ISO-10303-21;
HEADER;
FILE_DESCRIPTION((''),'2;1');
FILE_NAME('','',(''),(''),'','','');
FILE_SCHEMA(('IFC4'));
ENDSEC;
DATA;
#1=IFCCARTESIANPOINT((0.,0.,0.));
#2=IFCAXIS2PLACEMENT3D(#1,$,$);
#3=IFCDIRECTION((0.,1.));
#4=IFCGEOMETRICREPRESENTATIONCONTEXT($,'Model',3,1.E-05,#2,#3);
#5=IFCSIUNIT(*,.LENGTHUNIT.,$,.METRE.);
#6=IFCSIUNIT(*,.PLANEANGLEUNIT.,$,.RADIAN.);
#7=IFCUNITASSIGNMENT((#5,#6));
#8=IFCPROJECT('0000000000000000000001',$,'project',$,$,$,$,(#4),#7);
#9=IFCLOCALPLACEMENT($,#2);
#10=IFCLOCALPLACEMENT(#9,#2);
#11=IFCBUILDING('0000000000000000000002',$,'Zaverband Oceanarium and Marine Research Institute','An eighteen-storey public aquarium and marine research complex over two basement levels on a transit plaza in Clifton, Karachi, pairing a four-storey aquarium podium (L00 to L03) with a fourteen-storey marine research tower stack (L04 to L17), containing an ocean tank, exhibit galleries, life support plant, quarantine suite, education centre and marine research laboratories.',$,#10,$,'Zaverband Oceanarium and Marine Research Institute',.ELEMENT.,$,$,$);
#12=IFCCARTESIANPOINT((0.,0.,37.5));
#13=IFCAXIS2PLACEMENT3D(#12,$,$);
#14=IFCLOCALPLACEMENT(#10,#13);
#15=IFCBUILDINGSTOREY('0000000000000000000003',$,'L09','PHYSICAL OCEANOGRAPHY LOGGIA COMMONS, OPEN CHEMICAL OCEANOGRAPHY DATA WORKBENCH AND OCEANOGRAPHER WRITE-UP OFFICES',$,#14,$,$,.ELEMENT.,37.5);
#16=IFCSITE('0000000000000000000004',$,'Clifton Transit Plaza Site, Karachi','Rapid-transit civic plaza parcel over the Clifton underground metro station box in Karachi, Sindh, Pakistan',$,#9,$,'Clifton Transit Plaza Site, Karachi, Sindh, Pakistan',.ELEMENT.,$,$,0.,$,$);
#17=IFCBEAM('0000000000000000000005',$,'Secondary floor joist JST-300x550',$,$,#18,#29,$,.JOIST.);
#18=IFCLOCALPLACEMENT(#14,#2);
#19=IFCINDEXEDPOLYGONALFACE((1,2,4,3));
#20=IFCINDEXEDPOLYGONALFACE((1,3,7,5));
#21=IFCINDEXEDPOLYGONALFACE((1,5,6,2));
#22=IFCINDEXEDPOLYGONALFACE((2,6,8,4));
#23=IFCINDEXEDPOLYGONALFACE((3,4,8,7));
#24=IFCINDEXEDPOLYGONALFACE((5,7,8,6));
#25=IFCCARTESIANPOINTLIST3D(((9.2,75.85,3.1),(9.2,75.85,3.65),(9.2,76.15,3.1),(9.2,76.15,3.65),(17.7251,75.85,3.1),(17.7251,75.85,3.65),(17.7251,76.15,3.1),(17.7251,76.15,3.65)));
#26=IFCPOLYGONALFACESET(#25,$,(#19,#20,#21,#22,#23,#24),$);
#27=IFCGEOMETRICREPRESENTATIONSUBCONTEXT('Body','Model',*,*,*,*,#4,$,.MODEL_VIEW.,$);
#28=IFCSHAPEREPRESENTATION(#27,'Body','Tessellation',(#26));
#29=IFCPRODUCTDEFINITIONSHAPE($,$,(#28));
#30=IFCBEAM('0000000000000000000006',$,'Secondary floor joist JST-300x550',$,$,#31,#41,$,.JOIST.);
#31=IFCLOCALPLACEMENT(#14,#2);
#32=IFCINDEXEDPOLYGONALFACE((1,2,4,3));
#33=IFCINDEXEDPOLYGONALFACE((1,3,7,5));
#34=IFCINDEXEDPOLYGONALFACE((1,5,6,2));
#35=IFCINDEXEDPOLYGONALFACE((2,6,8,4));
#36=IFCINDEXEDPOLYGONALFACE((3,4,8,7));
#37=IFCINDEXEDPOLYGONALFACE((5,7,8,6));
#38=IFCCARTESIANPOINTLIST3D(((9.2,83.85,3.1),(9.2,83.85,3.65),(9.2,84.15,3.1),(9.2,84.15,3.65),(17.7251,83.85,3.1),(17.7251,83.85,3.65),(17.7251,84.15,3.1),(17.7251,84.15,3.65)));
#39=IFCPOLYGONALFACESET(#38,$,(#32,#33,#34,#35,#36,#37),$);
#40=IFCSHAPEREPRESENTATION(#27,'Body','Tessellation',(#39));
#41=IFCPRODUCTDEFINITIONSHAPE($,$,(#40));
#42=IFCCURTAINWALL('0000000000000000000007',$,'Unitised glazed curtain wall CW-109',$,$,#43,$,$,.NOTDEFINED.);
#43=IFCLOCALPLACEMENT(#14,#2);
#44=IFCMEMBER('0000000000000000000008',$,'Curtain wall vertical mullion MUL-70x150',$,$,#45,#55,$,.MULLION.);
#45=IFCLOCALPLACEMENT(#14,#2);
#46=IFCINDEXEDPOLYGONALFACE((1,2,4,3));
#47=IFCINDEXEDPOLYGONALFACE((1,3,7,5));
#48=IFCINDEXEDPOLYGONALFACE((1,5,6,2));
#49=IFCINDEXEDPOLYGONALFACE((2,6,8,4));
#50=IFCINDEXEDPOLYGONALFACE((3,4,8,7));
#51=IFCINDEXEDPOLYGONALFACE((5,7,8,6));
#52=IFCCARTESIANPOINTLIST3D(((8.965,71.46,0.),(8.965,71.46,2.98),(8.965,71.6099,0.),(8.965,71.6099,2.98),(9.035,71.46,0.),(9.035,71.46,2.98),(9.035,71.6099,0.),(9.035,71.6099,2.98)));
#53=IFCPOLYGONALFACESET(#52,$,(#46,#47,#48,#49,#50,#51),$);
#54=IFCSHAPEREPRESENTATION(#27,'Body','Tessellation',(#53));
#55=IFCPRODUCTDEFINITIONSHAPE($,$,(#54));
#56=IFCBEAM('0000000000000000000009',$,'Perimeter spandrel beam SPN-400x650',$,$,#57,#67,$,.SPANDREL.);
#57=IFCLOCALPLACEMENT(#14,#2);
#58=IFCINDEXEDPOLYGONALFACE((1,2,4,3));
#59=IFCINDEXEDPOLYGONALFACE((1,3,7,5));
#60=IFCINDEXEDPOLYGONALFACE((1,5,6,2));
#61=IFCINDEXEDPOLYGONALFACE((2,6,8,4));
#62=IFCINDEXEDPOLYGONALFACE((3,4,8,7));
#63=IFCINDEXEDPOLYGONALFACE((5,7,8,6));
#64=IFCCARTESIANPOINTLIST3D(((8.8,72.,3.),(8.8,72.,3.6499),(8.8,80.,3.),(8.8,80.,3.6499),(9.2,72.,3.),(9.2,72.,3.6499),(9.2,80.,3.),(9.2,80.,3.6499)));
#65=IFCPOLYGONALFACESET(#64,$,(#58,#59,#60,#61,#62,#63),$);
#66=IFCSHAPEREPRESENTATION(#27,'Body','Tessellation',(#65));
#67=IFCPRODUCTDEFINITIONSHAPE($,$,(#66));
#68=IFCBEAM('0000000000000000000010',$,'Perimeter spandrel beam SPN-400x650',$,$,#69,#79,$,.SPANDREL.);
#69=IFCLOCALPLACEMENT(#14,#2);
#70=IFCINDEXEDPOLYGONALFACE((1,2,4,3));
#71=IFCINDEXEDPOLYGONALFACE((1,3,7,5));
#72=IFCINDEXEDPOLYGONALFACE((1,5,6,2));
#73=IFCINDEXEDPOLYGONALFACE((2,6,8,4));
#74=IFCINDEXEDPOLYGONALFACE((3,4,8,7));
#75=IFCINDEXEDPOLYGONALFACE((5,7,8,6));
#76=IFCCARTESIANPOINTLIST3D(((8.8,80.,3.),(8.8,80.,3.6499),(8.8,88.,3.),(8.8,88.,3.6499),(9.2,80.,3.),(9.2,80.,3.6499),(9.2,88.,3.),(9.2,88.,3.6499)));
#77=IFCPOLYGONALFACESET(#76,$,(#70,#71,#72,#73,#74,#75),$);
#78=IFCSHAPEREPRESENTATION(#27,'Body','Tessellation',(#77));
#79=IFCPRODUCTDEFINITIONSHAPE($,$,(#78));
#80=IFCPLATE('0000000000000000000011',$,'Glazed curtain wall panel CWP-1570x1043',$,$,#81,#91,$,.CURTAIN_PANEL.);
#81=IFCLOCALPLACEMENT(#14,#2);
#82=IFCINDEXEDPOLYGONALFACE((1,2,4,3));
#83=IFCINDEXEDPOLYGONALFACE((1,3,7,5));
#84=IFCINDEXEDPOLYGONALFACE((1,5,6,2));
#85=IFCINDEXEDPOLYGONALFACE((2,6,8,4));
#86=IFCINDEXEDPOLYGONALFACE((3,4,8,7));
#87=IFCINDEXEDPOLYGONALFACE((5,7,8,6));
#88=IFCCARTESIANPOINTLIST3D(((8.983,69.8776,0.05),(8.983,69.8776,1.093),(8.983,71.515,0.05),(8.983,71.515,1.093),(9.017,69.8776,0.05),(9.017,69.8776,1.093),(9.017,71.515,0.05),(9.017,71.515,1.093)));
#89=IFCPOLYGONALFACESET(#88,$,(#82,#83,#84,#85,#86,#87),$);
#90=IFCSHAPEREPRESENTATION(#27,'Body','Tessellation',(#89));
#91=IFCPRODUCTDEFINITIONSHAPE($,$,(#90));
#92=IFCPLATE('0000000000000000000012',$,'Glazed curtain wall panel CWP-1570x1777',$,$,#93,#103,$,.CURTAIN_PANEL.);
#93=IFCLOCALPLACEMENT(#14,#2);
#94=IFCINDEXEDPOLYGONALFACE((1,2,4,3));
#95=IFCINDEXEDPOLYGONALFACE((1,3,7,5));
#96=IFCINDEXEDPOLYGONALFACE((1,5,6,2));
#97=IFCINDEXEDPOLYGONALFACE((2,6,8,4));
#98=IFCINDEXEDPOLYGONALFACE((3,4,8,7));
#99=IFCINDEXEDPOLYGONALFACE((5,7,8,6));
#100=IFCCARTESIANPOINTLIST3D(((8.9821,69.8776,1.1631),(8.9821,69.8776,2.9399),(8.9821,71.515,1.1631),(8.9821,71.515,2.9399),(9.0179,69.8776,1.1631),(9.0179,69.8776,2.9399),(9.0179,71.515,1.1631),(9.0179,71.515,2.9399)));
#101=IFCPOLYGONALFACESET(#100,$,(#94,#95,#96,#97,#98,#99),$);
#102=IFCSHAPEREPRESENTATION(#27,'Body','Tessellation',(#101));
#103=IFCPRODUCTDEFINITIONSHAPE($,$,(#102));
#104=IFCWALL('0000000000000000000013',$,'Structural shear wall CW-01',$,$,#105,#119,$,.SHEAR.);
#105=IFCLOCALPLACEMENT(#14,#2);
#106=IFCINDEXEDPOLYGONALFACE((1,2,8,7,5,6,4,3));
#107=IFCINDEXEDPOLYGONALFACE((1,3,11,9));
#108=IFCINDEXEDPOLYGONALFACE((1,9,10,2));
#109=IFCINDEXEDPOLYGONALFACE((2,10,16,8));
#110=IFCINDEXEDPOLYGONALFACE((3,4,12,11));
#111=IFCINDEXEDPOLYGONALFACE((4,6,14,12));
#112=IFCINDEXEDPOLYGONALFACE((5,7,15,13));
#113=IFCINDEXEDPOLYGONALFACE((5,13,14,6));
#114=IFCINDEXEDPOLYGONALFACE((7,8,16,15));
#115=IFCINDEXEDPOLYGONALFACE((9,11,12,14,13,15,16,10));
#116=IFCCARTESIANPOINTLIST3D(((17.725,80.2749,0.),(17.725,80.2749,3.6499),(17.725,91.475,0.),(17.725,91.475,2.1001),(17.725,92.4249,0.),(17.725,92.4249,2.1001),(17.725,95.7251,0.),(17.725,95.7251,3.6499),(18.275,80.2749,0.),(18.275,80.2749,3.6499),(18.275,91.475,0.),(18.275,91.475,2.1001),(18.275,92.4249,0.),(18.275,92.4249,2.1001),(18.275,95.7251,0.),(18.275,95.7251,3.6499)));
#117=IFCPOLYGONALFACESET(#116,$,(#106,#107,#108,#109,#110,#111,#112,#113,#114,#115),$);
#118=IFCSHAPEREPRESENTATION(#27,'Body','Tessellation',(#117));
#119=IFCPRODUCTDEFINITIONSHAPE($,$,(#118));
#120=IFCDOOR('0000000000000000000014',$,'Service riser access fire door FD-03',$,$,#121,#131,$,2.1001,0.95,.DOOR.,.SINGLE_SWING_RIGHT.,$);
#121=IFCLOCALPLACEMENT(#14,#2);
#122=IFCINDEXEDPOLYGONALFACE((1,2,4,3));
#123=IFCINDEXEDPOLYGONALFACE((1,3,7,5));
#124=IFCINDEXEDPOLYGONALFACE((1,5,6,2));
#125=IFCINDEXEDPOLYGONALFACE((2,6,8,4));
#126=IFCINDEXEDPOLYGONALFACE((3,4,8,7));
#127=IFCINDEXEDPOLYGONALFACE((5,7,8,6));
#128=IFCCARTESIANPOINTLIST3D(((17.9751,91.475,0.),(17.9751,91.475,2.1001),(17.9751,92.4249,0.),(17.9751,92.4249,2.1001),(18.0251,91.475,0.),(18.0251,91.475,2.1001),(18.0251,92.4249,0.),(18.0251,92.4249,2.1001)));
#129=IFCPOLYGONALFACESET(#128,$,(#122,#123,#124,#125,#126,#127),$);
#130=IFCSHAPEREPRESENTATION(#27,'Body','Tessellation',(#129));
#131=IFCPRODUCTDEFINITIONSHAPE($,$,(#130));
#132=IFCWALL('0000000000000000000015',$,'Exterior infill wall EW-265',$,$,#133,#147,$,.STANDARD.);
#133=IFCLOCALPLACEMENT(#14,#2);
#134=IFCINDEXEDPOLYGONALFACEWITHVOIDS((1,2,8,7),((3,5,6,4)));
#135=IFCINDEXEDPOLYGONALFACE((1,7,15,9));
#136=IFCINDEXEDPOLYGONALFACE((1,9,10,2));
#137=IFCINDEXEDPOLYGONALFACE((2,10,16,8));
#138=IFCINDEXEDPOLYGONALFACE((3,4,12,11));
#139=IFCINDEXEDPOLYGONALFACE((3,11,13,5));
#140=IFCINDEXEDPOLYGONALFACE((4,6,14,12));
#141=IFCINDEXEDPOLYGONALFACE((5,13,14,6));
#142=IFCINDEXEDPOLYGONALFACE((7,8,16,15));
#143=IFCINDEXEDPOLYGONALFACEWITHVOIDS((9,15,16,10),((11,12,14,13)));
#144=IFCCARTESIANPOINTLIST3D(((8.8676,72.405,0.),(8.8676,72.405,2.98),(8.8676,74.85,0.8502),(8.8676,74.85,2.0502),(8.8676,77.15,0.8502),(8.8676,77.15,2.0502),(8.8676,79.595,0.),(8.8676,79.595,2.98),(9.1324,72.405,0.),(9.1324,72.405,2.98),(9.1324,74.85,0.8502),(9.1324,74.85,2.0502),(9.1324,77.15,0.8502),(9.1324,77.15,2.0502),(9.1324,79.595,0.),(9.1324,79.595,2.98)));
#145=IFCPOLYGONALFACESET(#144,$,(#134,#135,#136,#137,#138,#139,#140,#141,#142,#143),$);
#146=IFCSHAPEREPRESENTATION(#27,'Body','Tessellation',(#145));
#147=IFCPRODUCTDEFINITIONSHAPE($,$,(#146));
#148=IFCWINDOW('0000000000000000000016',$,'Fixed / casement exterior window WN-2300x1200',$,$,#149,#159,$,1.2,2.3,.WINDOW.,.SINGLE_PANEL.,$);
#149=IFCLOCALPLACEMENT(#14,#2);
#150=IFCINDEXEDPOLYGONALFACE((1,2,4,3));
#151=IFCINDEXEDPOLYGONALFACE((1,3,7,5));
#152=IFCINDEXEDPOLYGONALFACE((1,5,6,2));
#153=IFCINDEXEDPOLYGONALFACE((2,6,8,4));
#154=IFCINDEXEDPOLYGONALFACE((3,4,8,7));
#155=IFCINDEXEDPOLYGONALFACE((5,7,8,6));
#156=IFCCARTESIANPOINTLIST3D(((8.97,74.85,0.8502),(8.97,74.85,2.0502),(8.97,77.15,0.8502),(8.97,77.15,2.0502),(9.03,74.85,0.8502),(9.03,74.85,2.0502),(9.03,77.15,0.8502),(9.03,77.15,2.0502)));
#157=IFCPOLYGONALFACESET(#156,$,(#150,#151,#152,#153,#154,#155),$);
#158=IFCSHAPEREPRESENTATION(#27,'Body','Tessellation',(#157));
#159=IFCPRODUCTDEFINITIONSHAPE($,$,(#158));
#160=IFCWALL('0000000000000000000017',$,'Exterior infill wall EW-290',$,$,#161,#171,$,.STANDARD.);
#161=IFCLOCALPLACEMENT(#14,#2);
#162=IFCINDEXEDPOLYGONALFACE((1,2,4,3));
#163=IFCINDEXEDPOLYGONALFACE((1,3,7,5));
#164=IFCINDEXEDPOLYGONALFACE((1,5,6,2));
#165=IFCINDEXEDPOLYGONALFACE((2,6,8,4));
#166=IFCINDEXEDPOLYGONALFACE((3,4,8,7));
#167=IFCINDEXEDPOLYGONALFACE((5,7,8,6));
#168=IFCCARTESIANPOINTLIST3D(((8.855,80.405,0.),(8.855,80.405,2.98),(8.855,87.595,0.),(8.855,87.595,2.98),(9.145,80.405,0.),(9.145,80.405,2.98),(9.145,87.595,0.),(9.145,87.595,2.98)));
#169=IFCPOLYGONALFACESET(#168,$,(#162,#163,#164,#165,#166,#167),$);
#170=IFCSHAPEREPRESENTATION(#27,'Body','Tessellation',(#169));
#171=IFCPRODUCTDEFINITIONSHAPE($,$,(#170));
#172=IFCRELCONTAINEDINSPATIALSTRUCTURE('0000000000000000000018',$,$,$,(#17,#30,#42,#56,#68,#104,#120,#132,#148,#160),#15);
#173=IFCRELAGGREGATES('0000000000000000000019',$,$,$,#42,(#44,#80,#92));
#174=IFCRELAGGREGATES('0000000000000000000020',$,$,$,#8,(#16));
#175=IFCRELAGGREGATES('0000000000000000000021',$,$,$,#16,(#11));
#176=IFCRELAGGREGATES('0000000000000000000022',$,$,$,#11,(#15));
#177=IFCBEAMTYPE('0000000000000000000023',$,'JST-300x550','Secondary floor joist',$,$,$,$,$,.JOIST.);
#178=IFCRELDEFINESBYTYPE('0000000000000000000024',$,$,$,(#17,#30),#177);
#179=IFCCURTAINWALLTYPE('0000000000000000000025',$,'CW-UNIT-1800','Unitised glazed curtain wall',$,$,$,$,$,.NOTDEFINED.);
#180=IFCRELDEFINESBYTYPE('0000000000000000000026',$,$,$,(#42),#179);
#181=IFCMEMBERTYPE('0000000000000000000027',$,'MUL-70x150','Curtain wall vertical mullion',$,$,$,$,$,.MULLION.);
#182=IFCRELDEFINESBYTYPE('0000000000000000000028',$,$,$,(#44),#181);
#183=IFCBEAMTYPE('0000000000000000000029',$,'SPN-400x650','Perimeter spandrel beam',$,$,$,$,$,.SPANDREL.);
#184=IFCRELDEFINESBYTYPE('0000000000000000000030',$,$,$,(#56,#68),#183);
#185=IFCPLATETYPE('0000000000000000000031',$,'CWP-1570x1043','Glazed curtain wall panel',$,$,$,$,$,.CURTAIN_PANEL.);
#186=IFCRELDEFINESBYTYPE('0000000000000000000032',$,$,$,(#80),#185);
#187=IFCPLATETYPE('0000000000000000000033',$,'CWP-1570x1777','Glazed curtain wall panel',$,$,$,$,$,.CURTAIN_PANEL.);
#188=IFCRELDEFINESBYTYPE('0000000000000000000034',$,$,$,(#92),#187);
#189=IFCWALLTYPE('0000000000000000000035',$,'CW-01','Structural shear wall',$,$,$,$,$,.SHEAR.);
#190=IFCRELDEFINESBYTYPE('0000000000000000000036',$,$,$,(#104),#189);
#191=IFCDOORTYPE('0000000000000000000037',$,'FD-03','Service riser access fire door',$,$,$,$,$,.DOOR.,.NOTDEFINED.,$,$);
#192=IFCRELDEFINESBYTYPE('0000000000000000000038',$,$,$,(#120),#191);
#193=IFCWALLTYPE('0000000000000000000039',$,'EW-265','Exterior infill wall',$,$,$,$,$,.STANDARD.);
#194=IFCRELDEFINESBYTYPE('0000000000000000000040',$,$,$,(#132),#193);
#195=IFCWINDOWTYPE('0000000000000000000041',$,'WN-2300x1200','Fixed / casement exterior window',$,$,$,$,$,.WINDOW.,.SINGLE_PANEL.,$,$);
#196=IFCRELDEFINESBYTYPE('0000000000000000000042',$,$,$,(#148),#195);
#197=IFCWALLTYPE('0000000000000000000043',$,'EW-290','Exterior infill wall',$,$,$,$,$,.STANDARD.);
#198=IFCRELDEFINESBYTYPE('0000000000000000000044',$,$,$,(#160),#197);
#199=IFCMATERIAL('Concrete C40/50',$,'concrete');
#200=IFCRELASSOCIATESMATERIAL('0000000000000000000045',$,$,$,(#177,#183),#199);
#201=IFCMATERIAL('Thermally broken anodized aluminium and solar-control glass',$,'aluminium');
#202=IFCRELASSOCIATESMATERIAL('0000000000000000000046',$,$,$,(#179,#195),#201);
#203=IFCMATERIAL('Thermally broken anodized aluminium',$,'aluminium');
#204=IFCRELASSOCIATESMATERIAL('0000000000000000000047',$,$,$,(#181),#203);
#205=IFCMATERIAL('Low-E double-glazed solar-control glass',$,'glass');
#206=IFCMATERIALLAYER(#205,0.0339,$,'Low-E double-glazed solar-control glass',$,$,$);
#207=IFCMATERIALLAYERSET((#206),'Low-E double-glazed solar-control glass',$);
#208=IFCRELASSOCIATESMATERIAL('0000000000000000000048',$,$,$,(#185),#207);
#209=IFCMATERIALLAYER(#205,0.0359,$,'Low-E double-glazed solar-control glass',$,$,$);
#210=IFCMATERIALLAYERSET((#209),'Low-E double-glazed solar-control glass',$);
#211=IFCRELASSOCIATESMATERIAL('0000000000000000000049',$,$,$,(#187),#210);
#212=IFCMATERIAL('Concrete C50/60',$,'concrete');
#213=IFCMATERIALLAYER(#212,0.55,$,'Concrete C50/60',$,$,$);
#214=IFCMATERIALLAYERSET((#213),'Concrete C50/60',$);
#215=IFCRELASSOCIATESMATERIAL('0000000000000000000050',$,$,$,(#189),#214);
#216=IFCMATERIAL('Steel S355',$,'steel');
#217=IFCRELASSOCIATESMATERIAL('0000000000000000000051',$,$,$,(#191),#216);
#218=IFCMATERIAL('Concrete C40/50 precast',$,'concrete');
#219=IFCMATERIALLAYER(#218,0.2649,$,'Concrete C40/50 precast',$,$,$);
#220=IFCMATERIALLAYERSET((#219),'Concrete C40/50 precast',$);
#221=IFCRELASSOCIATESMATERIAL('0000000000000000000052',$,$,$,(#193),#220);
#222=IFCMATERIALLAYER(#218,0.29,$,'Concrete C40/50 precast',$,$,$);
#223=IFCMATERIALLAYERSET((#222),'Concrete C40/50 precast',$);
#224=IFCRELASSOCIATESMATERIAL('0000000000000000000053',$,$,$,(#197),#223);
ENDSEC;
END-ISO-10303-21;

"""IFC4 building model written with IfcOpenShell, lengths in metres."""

from ifc_helpers import new_model, si_unit, direction, frame, frame_2d, origin, origin_2d, place, context, subcontext, project, spatial, rectangle, extrude, material, layer, layer_set, material_profile, profile_set, type_object, element, fill, aggregate, save


model = new_model("IFC4")

# Units and contexts
model_context = context("Model", 3, precision=1e-05, world=origin(), true_north=direction((0.0, 1.0)))
body_context = subcontext(model_context, "Body", "Model", "MODEL_VIEW")
ifc_project = project(units=[si_unit("LENGTHUNIT", "METRE"), si_unit("PLANEANGLEUNIT", "RADIAN")], contexts=[model_context])

# Site, building, storey
site_placement = place(None, origin())
site = spatial("IfcSite", under=ifc_project, at=site_placement, Name="Clifton Transit Plaza Site, Karachi", Description="Rapid-transit civic plaza parcel over the Clifton underground metro station box in Karachi, Sindh, Pakistan", LongName="Clifton Transit Plaza Site, Karachi, Sindh, Pakistan", CompositionType="ELEMENT", RefElevation=0.0)
building_placement = place(site_placement, origin())
building = spatial("IfcBuilding", under=site, at=building_placement, Name="Zaverband Oceanarium and Marine Research Institute", Description="An eighteen-storey public aquarium and marine research complex over two basement levels on a transit plaza in Clifton, Karachi, pairing a four-storey aquarium podium (L00 to L03) with a fourteen-storey marine research tower stack (L04 to L17), containing an ocean tank, exhibit galleries, life support plant, quarantine suite, education centre and marine research laboratories.", LongName="Zaverband Oceanarium and Marine Research Institute", CompositionType="ELEMENT")
storey_placement = place(building_placement, frame((0.0, 0.0, 37.5)))
storey = spatial("IfcBuildingStorey", under=building, at=storey_placement, Name="L09", Description="PHYSICAL OCEANOGRAPHY LOGGIA COMMONS, OPEN CHEMICAL OCEANOGRAPHY DATA WORKBENCH AND OCEANOGRAPHER WRITE-UP OFFICES", CompositionType="ELEMENT", Elevation=37.5)

# Shared definitions
ifc_material_1 = material(Name="Concrete C50/60", Category="concrete")

# Shared definitions
ifc_material_2 = material(Name="Concrete C40/50", Category="concrete")

# Shared definitions
ifc_material_3 = material(Name="Steel S355", Category="steel")

# Beams
ifc_material_profile_1 = material_profile(ifc_material_2, rectangle(XDim=0.3, YDim=0.55, at=origin_2d()), Name="RC300x550")
ifc_profile_set_1 = profile_set([ifc_material_profile_1], Name="Concrete C40/50")
beam_type_1 = type_object("IfcBeamType", Name="JST-300x550", Description="Secondary floor joist", PredefinedType="JOIST", material=ifc_profile_set_1)
for number, where, z_axis, x_axis, name in (
    (1, (9.2, 76.0, 3.375), (1.0, 0.0, 0.0), (0.0, 1.0, 0.0), "Secondary floor joist JST-300x550"),
    (2, (9.2, 84.0, 3.375), (1.0, 0.0, 0.0), (0.0, 1.0, 0.0), "Secondary floor joist JST-300x550"),
):
    element("IfcBeam", number, at=place(storey_placement, frame(where, z_axis=z_axis, x_axis=x_axis)), inside=storey, type_object=beam_type_1, Name=name, PredefinedType="JOIST", context=body_context, shape_type="SweptSolid", body=[
        extrude(rectangle(XDim=0.3, YDim=0.55, at=origin_2d()), origin(), (0.0, 0.0, 1.0), 8.5251),
    ])

# Curtain wall, member
ifc_material_4 = material(Name="Thermally broken anodized aluminium and solar-control glass", Category="aluminium")
curtain_wall_type = type_object("IfcCurtainWallType", Name="CW-UNIT-1800", Description="Unitised glazed curtain wall", PredefinedType="NOTDEFINED", material=ifc_material_4)
curtain_wall_placement = place(storey_placement, origin())
curtain_wall = element("IfcCurtainWall", 3, at=curtain_wall_placement, inside=storey, type_object=curtain_wall_type, Name="Unitised glazed curtain wall CW-109", PredefinedType="NOTDEFINED")
ifc_material_5 = material(Name="Thermally broken anodized aluminium", Category="aluminium")
ifc_material_profile_2 = material_profile(ifc_material_5, rectangle(XDim=0.0701, YDim=0.1499, at=origin_2d()), Name="AL-MUL-70x150")
ifc_profile_set_2 = profile_set([ifc_material_profile_2], Name="Thermally broken anodized aluminium")
member_type_1 = type_object("IfcMemberType", Name="MUL-70x150", Description="Curtain wall vertical mullion", PredefinedType="MULLION", material=ifc_profile_set_2)
member_1_placement = place(storey_placement, frame((9.0, 71.5349, 0.0), z_axis=(0.0, 0.0, 1.0), x_axis=(1.0, 0.0, 0.0)))
member_1 = element("IfcMember", 4, at=member_1_placement, type_object=member_type_1, Name="Curtain wall vertical mullion MUL-70x150", PredefinedType="MULLION", context=body_context, shape_type="SweptSolid", body=[
    extrude(rectangle(XDim=0.0701, YDim=0.1499, at=origin_2d()), origin(), (0.0, 0.0, 1.0), 2.98),
])

# Beams
ifc_material_profile_3 = material_profile(ifc_material_2, rectangle(XDim=0.3999, YDim=0.6499, at=origin_2d()), Name="RC400x650")
ifc_profile_set_3 = profile_set([ifc_material_profile_3], Name="Concrete C40/50")
beam_type_2 = type_object("IfcBeamType", Name="SPN-400x650", Description="Perimeter spandrel beam", PredefinedType="SPANDREL", material=ifc_profile_set_3)
for number, where, z_axis, x_axis, name in (
    (5, (9.0, 72.0, 3.325), (0.0, 1.0, 0.0), (-1.0, 0.0, 0.0), "Perimeter spandrel beam SPN-400x650"),
    (6, (9.0, 80.0, 3.325), (0.0, 1.0, 0.0), (-1.0, 0.0, 0.0), "Perimeter spandrel beam SPN-400x650"),
):
    element("IfcBeam", number, at=place(storey_placement, frame(where, z_axis=z_axis, x_axis=x_axis)), inside=storey, type_object=beam_type_2, Name=name, PredefinedType="SPANDREL", context=body_context, shape_type="SweptSolid", body=[
        extrude(rectangle(XDim=0.3999, YDim=0.6499, at=origin_2d()), origin(), (0.0, 0.0, 1.0), 8.0),
    ])

# Plates
ifc_material_6 = material(Name="Low-E double-glazed solar-control glass", Category="glass")
ifc_layer_1 = layer(ifc_material_6, 0.0339, Name="Low-E double-glazed solar-control glass")
ifc_layer_set_1 = layer_set([ifc_layer_1], Name="Low-E double-glazed solar-control glass")
plate_type_1 = type_object("IfcPlateType", Name="CWP-1570x1043", Description="Glazed curtain wall panel", PredefinedType="CURTAIN_PANEL", material=ifc_layer_set_1)
plate_1_placement = place(storey_placement, frame((9.0, 69.8774, 0.05), z_axis=(0.0, 0.0, 1.0), x_axis=(0.0, 1.0, 0.0)))
plate_1 = element("IfcPlate", 7, at=plate_1_placement, type_object=plate_type_1, Name="Glazed curtain wall panel CWP-1570x1043", PredefinedType="CURTAIN_PANEL", context=body_context, shape_type="SweptSolid", body=[
    extrude(rectangle(XDim=1.6375, YDim=0.0339, at=frame_2d((0.8188, 0.0))), origin(), (0.0, 0.0, 1.0), 1.043),
])
ifc_layer_2 = layer(ifc_material_6, 0.0359, Name="Low-E double-glazed solar-control glass")
ifc_layer_set_2 = layer_set([ifc_layer_2], Name="Low-E double-glazed solar-control glass")
plate_type_2 = type_object("IfcPlateType", Name="CWP-1570x1777", Description="Glazed curtain wall panel", PredefinedType="CURTAIN_PANEL", material=ifc_layer_set_2)
plate_2_placement = place(storey_placement, frame((9.0, 69.8774, 1.1631), z_axis=(0.0, 0.0, 1.0), x_axis=(0.0, 1.0, 0.0)))
plate_2 = element("IfcPlate", 8, at=plate_2_placement, type_object=plate_type_2, Name="Glazed curtain wall panel CWP-1570x1777", PredefinedType="CURTAIN_PANEL", context=body_context, shape_type="SweptSolid", body=[
    extrude(rectangle(XDim=1.6375, YDim=0.0359, at=frame_2d((0.8188, 0.0))), origin(), (0.0, 0.0, 1.0), 1.7769),
])
aggregate(curtain_wall, [member_1, plate_1, plate_2])

# Wall, opening, door
ifc_layer_3 = layer(ifc_material_1, 0.55, Name="Concrete C50/60")
ifc_layer_set_3 = layer_set([ifc_layer_3], Name="Concrete C50/60")
wall_type_1 = type_object("IfcWallType", Name="CW-01", Description="Structural shear wall", PredefinedType="SHEAR", material=ifc_layer_set_3)
wall_1_placement = place(storey_placement, frame((18.0, 80.2749, 0.0), z_axis=(0.0, 0.0, 1.0), x_axis=(0.0, 1.0, 0.0)))
wall_1 = element("IfcWall", 9, at=wall_1_placement, inside=storey, type_object=wall_type_1, Name="Structural shear wall CW-01", PredefinedType="SHEAR", context=body_context, shape_type="SweptSolid", body=[
    extrude(rectangle(XDim=15.4502, YDim=0.55, at=frame_2d((7.7251, 0.0))), origin(), (0.0, 0.0, 1.0), 3.6499),
])
opening_1_placement = place(wall_1_placement, frame((11.2, 0.0, 0.0)))
opening_1 = element("IfcOpeningElement", 10, at=opening_1_placement, cuts=wall_1, PredefinedType="OPENING", context=body_context, shape_type="SweptSolid", body=[
    extrude(rectangle(XDim=0.95, YDim=2.1001, at=frame_2d((0.4751, 1.05))), frame((0.0, 0.2871, 0.0), z_axis=(0.0, -1.0, 0.0), x_axis=(1.0, 0.0, 0.0)), (0.0, 0.0, 1.0), 0.574),
])
door_type = type_object("IfcDoorType", Name="FD-03", Description="Service riser access fire door", OperationType="NOTDEFINED", PredefinedType="DOOR", material=ifc_material_3)
door_placement = place(opening_1_placement, origin())
door = element("IfcDoor", 11, at=door_placement, inside=storey, type_object=door_type, Name="Service riser access fire door FD-03", OperationType="SINGLE_SWING_RIGHT", OverallHeight=2.1001, OverallWidth=0.95, PredefinedType="DOOR", context=body_context, shape_type="SweptSolid", body=[
    extrude(rectangle(XDim=0.95, YDim=2.1001, at=frame_2d((0.4751, 1.05))), frame((0.0, 0.0249, 0.0), z_axis=(0.0, -1.0, 0.0), x_axis=(1.0, 0.0, 0.0)), (0.0, 0.0, 1.0), 0.05),
])
fill(opening_1, door)

# Wall, opening, window
ifc_material_7 = material(Name="Concrete C40/50 precast", Category="concrete")
ifc_layer_4 = layer(ifc_material_7, 0.2649, Name="Concrete C40/50 precast")
ifc_layer_set_4 = layer_set([ifc_layer_4], Name="Concrete C40/50 precast")
wall_type_2 = type_object("IfcWallType", Name="EW-265", Description="Exterior infill wall", PredefinedType="STANDARD", material=ifc_layer_set_4)
wall_2_placement = place(storey_placement, frame((9.0, 72.405, 0.0), z_axis=(0.0, 0.0, 1.0), x_axis=(0.0, 1.0, 0.0)))
wall_2 = element("IfcWall", 12, at=wall_2_placement, inside=storey, type_object=wall_type_2, Name="Exterior infill wall EW-265", PredefinedType="STANDARD", context=body_context, shape_type="SweptSolid", body=[
    extrude(rectangle(XDim=7.1899, YDim=0.2649, at=frame_2d((3.595, 0.0))), origin(), (0.0, 0.0, 1.0), 2.98),
])
opening_2_placement = place(wall_2_placement, frame((2.4451, 0.0, 0.8501)))
opening_2 = element("IfcOpeningElement", 13, at=opening_2_placement, cuts=wall_2, PredefinedType="OPENING", context=body_context, shape_type="SweptSolid", body=[
    extrude(rectangle(XDim=2.3, YDim=1.2, at=frame_2d((1.1499, 0.6001))), frame((0.0, 0.1445, 0.0), z_axis=(0.0, -1.0, 0.0), x_axis=(1.0, 0.0, 0.0)), (0.0, 0.0, 1.0), 0.2888),
])
window_type = type_object("IfcWindowType", Name="WN-2300x1200", Description="Fixed / casement exterior window", PartitioningType="SINGLE_PANEL", PredefinedType="WINDOW", material=ifc_material_4)
window_placement = place(opening_2_placement, origin())
window = element("IfcWindow", 14, at=window_placement, inside=storey, type_object=window_type, Name="Fixed / casement exterior window WN-2300x1200", OverallHeight=1.2, OverallWidth=2.3, PartitioningType="SINGLE_PANEL", PredefinedType="WINDOW", context=body_context, shape_type="SweptSolid", body=[
    extrude(rectangle(XDim=2.3, YDim=1.2, at=frame_2d((1.1499, 0.6001))), frame((0.0, 0.03, 0.0), z_axis=(0.0, -1.0, 0.0), x_axis=(1.0, 0.0, 0.0)), (0.0, 0.0, 1.0), 0.0601),
])
fill(opening_2, window)

# Wall
ifc_layer_5 = layer(ifc_material_7, 0.29, Name="Concrete C40/50 precast")
ifc_layer_set_5 = layer_set([ifc_layer_5], Name="Concrete C40/50 precast")
wall_type_3 = type_object("IfcWallType", Name="EW-290", Description="Exterior infill wall", PredefinedType="STANDARD", material=ifc_layer_set_5)
wall_3_placement = place(storey_placement, frame((9.0, 80.405, 0.0), z_axis=(0.0, 0.0, 1.0), x_axis=(0.0, 1.0, 0.0)))
element("IfcWall", 15, at=wall_3_placement, inside=storey, type_object=wall_type_3, Name="Exterior infill wall EW-290", PredefinedType="STANDARD", context=body_context, shape_type="SweptSolid", body=[
    extrude(rectangle(XDim=7.1899, YDim=0.29, at=frame_2d((3.595, 0.0))), origin(), (0.0, 0.0, 1.0), 2.98),
])

save(model, "model.ifc")
